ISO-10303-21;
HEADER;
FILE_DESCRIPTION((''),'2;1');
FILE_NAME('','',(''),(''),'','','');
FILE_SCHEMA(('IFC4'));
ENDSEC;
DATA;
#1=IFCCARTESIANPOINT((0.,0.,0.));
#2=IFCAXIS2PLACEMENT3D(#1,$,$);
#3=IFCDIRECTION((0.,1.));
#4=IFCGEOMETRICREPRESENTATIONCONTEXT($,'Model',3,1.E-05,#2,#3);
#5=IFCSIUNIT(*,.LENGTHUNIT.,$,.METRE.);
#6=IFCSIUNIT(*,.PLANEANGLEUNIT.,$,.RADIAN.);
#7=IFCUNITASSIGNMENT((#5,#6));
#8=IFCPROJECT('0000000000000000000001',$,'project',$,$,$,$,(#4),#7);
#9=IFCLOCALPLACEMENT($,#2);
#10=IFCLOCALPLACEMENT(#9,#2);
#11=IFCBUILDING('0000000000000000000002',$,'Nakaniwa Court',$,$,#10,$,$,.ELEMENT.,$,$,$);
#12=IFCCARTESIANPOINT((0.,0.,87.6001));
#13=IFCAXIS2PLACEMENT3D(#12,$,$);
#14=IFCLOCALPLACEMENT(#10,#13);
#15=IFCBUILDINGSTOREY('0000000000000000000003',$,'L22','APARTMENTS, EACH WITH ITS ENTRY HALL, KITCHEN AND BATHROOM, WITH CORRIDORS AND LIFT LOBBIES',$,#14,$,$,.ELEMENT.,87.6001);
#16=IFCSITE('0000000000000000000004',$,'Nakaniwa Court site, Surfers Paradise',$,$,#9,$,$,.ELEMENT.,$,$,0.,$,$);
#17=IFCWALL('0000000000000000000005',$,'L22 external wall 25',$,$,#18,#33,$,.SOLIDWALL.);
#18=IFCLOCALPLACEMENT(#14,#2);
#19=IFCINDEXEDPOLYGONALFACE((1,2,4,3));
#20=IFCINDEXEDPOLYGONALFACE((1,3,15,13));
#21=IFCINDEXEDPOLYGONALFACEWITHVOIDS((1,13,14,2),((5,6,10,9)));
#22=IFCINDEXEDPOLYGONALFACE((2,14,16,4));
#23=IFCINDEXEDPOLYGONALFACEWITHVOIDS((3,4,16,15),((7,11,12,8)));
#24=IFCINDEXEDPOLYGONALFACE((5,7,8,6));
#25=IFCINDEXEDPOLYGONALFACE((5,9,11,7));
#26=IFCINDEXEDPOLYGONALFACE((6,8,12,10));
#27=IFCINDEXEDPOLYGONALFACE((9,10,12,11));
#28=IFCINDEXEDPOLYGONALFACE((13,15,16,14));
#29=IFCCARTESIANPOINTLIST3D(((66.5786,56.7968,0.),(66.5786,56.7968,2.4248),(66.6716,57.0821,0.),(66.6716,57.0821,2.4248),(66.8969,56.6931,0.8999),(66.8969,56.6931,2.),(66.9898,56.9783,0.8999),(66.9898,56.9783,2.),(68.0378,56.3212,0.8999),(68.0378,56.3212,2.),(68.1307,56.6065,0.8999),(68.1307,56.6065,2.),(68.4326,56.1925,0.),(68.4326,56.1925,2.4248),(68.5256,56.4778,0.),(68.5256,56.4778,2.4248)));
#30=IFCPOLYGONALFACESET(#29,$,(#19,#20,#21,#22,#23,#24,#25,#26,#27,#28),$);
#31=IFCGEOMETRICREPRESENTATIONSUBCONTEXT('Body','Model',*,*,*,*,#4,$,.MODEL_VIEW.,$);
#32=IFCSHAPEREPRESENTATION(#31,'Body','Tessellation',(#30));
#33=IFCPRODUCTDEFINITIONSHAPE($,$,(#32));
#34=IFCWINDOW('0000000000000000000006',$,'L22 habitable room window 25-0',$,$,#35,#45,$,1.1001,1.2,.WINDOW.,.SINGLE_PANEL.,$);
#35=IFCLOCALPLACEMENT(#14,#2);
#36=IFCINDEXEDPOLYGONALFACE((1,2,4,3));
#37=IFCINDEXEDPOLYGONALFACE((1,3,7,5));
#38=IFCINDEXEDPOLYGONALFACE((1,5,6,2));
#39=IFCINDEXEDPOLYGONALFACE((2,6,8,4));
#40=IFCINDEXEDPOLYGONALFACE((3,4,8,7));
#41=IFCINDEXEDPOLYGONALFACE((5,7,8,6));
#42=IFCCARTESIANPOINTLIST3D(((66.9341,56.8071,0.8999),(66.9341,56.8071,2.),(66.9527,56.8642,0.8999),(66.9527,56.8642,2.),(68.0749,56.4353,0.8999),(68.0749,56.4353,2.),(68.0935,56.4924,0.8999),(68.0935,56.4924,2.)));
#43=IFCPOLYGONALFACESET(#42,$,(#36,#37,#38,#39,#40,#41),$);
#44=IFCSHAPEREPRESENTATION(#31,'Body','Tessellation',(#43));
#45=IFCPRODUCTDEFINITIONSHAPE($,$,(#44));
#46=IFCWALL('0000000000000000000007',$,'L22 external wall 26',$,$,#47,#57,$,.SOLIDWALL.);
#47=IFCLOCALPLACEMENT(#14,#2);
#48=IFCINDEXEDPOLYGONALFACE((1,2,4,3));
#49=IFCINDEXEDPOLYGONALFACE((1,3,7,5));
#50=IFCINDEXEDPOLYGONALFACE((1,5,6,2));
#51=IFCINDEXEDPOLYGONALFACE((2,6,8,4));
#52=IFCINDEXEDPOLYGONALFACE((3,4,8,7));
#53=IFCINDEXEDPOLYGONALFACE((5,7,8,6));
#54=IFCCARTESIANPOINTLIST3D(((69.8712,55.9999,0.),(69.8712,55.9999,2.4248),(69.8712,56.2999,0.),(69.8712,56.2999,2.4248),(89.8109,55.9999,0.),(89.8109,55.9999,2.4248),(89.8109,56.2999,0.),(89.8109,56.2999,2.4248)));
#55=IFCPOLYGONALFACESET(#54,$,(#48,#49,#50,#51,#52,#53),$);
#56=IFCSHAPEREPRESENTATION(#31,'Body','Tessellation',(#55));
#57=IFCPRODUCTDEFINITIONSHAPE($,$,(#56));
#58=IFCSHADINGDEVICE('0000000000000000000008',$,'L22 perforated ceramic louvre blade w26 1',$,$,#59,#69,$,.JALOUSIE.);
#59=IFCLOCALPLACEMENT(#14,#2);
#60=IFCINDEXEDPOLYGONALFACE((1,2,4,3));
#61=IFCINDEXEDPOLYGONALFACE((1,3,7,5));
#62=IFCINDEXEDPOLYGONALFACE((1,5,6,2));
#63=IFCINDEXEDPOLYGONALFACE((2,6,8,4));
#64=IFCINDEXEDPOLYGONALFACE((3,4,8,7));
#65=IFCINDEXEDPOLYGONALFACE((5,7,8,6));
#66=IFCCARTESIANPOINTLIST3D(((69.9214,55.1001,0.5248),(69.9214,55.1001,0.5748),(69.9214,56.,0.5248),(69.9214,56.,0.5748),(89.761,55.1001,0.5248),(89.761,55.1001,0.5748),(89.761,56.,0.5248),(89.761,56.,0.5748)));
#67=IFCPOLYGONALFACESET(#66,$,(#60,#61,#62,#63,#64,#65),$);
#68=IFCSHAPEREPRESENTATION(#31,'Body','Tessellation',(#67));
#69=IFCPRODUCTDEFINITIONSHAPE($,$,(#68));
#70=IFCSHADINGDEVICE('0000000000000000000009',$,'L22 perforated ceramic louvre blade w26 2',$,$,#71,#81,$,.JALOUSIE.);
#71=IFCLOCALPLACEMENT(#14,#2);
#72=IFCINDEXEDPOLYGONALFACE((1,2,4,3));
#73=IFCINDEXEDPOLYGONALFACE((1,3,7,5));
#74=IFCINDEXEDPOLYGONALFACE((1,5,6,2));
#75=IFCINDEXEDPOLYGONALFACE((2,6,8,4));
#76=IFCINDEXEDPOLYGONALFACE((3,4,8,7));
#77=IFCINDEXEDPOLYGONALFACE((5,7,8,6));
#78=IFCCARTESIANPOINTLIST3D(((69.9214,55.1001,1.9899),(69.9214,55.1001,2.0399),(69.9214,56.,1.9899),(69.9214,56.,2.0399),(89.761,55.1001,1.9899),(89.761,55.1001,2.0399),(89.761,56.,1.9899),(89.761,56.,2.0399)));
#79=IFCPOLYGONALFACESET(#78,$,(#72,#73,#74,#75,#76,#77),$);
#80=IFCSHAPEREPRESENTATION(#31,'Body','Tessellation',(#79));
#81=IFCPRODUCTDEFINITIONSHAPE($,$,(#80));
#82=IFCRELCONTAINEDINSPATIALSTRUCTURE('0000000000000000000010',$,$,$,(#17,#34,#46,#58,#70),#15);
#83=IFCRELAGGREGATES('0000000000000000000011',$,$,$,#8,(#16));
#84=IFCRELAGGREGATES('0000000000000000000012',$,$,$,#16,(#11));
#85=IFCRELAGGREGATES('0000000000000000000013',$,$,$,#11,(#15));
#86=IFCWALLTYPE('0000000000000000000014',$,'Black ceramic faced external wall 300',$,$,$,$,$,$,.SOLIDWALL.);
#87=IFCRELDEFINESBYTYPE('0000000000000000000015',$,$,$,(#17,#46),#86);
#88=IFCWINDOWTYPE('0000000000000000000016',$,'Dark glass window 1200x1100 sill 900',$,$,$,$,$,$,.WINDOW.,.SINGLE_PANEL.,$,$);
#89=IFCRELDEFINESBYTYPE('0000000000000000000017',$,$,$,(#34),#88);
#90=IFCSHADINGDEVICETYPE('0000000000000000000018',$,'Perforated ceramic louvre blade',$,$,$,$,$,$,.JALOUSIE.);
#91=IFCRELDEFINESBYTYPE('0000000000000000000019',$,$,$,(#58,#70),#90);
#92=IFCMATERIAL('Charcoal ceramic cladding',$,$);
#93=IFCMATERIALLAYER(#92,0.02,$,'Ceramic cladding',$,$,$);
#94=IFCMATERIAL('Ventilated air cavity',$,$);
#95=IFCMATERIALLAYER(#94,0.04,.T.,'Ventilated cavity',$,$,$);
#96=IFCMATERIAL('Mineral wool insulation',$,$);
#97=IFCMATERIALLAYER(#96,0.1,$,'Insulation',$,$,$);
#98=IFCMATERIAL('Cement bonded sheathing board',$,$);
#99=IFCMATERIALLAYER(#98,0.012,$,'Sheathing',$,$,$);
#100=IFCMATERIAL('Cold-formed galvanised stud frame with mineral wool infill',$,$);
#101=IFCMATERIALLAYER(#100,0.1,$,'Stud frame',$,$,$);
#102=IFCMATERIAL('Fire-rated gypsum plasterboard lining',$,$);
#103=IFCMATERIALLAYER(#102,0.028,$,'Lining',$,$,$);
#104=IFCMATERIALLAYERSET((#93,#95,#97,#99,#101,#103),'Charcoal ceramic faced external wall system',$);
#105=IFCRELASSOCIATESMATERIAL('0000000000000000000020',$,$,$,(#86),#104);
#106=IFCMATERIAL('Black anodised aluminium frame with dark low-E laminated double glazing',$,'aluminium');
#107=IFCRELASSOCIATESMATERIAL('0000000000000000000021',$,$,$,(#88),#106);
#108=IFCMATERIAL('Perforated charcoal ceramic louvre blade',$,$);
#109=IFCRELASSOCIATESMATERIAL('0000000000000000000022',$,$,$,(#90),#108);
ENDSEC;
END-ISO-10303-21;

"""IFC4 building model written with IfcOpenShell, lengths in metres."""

from ifc_helpers import new_model, si_unit, direction, frame, frame_2d, origin, origin_2d, place, context, subcontext, project, spatial, rectangle, extrude, material, layer, layer_set, material_profile, profile_set, type_object, element, fill, save


model = new_model("IFC4")

# Units and contexts
model_context = context("Model", 3, precision=1e-05, world=origin(), true_north=direction((0.0, 1.0)))
body_context = subcontext(model_context, "Body", "Model", "MODEL_VIEW")
ifc_project = project(units=[si_unit("LENGTHUNIT", "METRE"), si_unit("PLANEANGLEUNIT", "RADIAN")], contexts=[model_context])

# Site, building, storey
site_placement = place(None, origin())
site = spatial("IfcSite", under=ifc_project, at=site_placement, Name="Nakaniwa Court site, Surfers Paradise", CompositionType="ELEMENT", RefElevation=0.0)
building_placement = place(site_placement, origin())
building = spatial("IfcBuilding", under=site, at=building_placement, Name="Nakaniwa Court", CompositionType="ELEMENT")
storey_placement = place(building_placement, frame((0.0, 0.0, 87.6001)))
storey = spatial("IfcBuildingStorey", under=building, at=storey_placement, Name="L22", Description="APARTMENTS, EACH WITH ITS ENTRY HALL, KITCHEN AND BATHROOM, WITH CORRIDORS AND LIFT LOBBIES", CompositionType="ELEMENT", Elevation=87.6001)

# Wall, opening, window
ifc_material_1 = material(Name="Charcoal ceramic cladding")
ifc_layer_1 = layer(ifc_material_1, 0.02, Name="Ceramic cladding")
ifc_material_2 = material(Name="Ventilated air cavity")
ifc_layer_2 = layer(ifc_material_2, 0.04, ventilated=True, Name="Ventilated cavity")
ifc_material_3 = material(Name="Mineral wool insulation")
ifc_layer_3 = layer(ifc_material_3, 0.1, Name="Insulation")
ifc_material_4 = material(Name="Cement bonded sheathing board")
ifc_layer_4 = layer(ifc_material_4, 0.012, Name="Sheathing")
ifc_material_5 = material(Name="Cold-formed galvanised stud frame with mineral wool infill")
ifc_layer_5 = layer(ifc_material_5, 0.1, Name="Stud frame")
ifc_material_6 = material(Name="Fire-rated gypsum plasterboard lining")
ifc_layer_6 = layer(ifc_material_6, 0.028, Name="Lining")
ifc_layer_set_1 = layer_set([ifc_layer_1, ifc_layer_2, ifc_layer_3, ifc_layer_4, ifc_layer_5, ifc_layer_6], Name="Charcoal ceramic faced external wall system")
wall_type_1 = type_object("IfcWallType", Name="Black ceramic faced external wall 300", PredefinedType="SOLIDWALL", material=ifc_layer_set_1)
ifc_material_7 = material(Name="Black anodised aluminium frame with dark low-E laminated double glazing", Category="aluminium")
window_type_1 = type_object("IfcWindowType", Name="Dark glass window 1200x1100 sill 900", PartitioningType="SINGLE_PANEL", PredefinedType="WINDOW", material=ifc_material_7)
wall_1_placement = place(storey_placement, frame((66.625, 56.9395, 0.0), z_axis=(0.0, 0.0, 1.0), x_axis=(0.950778, -0.309873, 0.0)))
wall_1 = element("IfcWall", 1, at=wall_1_placement, inside=storey, type_object=wall_type_1, Name="L22 external wall 25", PredefinedType="SOLIDWALL", context=body_context, shape_type="SweptSolid", body=[
    extrude(rectangle(XDim=1.95, YDim=0.3, at=frame_2d((0.9751, 0.0))), origin(), (0.0, 0.0, 1.0), 2.4248),
])
opening_1_placement = place(wall_1_placement, frame((0.3347, 0.0, 0.8999)))
opening_1 = element("IfcOpeningElement", 2, at=opening_1_placement, cuts=wall_1, PredefinedType="OPENING", context=body_context, shape_type="SweptSolid", body=[
    extrude(rectangle(XDim=1.2, YDim=1.1001, at=frame_2d((0.6001, 0.55))), frame((0.0, 0.1599, 0.0), z_axis=(0.0, -1.0, 0.0), x_axis=(1.0, 0.0, 0.0)), (0.0, 0.0, 1.0), 0.3201),
])
window_1_placement = place(opening_1_placement, origin())
window_1 = element("IfcWindow", 3, at=window_1_placement, inside=storey, type_object=window_type_1, Name="L22 habitable room window 25-0", OverallHeight=1.1001, OverallWidth=1.2, PartitioningType="SINGLE_PANEL", PredefinedType="WINDOW", context=body_context, shape_type="SweptSolid", body=[
    extrude(rectangle(XDim=1.2, YDim=1.1001, at=frame_2d((0.6001, 0.55))), frame((0.0, 0.03, 0.0), z_axis=(0.0, -1.0, 0.0), x_axis=(1.0, 0.0, 0.0)), (0.0, 0.0, 1.0), 0.0601),
])
fill(opening_1, window_1)

# Wall
wall_2_placement = place(storey_placement, frame((69.8713, 56.1499, 0.0), z_axis=(0.0, 0.0, 1.0), x_axis=(1.0, 0.0, 0.0)))
element("IfcWall", 4, at=wall_2_placement, inside=storey, type_object=wall_type_1, Name="L22 external wall 26", PredefinedType="SOLIDWALL", context=body_context, shape_type="SweptSolid", body=[
    extrude(rectangle(XDim=19.9397, YDim=0.3, at=frame_2d((9.9697, 0.0))), origin(), (0.0, 0.0, 1.0), 2.4248),
])

# Shading devices
ifc_material_8 = material(Name="Perforated charcoal ceramic louvre blade")
ifc_material_profile_1 = material_profile(ifc_material_8, rectangle(XDim=0.8999, YDim=0.05, at=origin_2d()), Name="Perforated ceramic louvre blade")
ifc_profile_set_1 = profile_set([ifc_material_profile_1], Name="Perforated charcoal ceramic louvre blade")
shading_device_type = type_object("IfcShadingDeviceType", Name="Perforated ceramic louvre blade", PredefinedType="JALOUSIE", material=ifc_profile_set_1)
for number, where, z_axis, x_axis, name in (
    (5, (69.9214, 55.55, 0.5498), (1.0, 0.0, 0.0), (0.0, 1.0, 0.0), "L22 perforated ceramic louvre blade w26 1"),
    (6, (69.9214, 55.55, 2.0149), (1.0, 0.0, 0.0), (0.0, 1.0, 0.0), "L22 perforated ceramic louvre blade w26 2"),
):
    element("IfcShadingDevice", number, at=place(storey_placement, frame(where, z_axis=z_axis, x_axis=x_axis)), inside=storey, type_object=shading_device_type, Name=name, PredefinedType="JALOUSIE", context=body_context, shape_type="SweptSolid", body=[
        extrude(rectangle(XDim=0.8999, YDim=0.05, at=origin_2d()), origin(), (0.0, 0.0, 1.0), 19.8396),
    ])

save(model, "model.ifc")
